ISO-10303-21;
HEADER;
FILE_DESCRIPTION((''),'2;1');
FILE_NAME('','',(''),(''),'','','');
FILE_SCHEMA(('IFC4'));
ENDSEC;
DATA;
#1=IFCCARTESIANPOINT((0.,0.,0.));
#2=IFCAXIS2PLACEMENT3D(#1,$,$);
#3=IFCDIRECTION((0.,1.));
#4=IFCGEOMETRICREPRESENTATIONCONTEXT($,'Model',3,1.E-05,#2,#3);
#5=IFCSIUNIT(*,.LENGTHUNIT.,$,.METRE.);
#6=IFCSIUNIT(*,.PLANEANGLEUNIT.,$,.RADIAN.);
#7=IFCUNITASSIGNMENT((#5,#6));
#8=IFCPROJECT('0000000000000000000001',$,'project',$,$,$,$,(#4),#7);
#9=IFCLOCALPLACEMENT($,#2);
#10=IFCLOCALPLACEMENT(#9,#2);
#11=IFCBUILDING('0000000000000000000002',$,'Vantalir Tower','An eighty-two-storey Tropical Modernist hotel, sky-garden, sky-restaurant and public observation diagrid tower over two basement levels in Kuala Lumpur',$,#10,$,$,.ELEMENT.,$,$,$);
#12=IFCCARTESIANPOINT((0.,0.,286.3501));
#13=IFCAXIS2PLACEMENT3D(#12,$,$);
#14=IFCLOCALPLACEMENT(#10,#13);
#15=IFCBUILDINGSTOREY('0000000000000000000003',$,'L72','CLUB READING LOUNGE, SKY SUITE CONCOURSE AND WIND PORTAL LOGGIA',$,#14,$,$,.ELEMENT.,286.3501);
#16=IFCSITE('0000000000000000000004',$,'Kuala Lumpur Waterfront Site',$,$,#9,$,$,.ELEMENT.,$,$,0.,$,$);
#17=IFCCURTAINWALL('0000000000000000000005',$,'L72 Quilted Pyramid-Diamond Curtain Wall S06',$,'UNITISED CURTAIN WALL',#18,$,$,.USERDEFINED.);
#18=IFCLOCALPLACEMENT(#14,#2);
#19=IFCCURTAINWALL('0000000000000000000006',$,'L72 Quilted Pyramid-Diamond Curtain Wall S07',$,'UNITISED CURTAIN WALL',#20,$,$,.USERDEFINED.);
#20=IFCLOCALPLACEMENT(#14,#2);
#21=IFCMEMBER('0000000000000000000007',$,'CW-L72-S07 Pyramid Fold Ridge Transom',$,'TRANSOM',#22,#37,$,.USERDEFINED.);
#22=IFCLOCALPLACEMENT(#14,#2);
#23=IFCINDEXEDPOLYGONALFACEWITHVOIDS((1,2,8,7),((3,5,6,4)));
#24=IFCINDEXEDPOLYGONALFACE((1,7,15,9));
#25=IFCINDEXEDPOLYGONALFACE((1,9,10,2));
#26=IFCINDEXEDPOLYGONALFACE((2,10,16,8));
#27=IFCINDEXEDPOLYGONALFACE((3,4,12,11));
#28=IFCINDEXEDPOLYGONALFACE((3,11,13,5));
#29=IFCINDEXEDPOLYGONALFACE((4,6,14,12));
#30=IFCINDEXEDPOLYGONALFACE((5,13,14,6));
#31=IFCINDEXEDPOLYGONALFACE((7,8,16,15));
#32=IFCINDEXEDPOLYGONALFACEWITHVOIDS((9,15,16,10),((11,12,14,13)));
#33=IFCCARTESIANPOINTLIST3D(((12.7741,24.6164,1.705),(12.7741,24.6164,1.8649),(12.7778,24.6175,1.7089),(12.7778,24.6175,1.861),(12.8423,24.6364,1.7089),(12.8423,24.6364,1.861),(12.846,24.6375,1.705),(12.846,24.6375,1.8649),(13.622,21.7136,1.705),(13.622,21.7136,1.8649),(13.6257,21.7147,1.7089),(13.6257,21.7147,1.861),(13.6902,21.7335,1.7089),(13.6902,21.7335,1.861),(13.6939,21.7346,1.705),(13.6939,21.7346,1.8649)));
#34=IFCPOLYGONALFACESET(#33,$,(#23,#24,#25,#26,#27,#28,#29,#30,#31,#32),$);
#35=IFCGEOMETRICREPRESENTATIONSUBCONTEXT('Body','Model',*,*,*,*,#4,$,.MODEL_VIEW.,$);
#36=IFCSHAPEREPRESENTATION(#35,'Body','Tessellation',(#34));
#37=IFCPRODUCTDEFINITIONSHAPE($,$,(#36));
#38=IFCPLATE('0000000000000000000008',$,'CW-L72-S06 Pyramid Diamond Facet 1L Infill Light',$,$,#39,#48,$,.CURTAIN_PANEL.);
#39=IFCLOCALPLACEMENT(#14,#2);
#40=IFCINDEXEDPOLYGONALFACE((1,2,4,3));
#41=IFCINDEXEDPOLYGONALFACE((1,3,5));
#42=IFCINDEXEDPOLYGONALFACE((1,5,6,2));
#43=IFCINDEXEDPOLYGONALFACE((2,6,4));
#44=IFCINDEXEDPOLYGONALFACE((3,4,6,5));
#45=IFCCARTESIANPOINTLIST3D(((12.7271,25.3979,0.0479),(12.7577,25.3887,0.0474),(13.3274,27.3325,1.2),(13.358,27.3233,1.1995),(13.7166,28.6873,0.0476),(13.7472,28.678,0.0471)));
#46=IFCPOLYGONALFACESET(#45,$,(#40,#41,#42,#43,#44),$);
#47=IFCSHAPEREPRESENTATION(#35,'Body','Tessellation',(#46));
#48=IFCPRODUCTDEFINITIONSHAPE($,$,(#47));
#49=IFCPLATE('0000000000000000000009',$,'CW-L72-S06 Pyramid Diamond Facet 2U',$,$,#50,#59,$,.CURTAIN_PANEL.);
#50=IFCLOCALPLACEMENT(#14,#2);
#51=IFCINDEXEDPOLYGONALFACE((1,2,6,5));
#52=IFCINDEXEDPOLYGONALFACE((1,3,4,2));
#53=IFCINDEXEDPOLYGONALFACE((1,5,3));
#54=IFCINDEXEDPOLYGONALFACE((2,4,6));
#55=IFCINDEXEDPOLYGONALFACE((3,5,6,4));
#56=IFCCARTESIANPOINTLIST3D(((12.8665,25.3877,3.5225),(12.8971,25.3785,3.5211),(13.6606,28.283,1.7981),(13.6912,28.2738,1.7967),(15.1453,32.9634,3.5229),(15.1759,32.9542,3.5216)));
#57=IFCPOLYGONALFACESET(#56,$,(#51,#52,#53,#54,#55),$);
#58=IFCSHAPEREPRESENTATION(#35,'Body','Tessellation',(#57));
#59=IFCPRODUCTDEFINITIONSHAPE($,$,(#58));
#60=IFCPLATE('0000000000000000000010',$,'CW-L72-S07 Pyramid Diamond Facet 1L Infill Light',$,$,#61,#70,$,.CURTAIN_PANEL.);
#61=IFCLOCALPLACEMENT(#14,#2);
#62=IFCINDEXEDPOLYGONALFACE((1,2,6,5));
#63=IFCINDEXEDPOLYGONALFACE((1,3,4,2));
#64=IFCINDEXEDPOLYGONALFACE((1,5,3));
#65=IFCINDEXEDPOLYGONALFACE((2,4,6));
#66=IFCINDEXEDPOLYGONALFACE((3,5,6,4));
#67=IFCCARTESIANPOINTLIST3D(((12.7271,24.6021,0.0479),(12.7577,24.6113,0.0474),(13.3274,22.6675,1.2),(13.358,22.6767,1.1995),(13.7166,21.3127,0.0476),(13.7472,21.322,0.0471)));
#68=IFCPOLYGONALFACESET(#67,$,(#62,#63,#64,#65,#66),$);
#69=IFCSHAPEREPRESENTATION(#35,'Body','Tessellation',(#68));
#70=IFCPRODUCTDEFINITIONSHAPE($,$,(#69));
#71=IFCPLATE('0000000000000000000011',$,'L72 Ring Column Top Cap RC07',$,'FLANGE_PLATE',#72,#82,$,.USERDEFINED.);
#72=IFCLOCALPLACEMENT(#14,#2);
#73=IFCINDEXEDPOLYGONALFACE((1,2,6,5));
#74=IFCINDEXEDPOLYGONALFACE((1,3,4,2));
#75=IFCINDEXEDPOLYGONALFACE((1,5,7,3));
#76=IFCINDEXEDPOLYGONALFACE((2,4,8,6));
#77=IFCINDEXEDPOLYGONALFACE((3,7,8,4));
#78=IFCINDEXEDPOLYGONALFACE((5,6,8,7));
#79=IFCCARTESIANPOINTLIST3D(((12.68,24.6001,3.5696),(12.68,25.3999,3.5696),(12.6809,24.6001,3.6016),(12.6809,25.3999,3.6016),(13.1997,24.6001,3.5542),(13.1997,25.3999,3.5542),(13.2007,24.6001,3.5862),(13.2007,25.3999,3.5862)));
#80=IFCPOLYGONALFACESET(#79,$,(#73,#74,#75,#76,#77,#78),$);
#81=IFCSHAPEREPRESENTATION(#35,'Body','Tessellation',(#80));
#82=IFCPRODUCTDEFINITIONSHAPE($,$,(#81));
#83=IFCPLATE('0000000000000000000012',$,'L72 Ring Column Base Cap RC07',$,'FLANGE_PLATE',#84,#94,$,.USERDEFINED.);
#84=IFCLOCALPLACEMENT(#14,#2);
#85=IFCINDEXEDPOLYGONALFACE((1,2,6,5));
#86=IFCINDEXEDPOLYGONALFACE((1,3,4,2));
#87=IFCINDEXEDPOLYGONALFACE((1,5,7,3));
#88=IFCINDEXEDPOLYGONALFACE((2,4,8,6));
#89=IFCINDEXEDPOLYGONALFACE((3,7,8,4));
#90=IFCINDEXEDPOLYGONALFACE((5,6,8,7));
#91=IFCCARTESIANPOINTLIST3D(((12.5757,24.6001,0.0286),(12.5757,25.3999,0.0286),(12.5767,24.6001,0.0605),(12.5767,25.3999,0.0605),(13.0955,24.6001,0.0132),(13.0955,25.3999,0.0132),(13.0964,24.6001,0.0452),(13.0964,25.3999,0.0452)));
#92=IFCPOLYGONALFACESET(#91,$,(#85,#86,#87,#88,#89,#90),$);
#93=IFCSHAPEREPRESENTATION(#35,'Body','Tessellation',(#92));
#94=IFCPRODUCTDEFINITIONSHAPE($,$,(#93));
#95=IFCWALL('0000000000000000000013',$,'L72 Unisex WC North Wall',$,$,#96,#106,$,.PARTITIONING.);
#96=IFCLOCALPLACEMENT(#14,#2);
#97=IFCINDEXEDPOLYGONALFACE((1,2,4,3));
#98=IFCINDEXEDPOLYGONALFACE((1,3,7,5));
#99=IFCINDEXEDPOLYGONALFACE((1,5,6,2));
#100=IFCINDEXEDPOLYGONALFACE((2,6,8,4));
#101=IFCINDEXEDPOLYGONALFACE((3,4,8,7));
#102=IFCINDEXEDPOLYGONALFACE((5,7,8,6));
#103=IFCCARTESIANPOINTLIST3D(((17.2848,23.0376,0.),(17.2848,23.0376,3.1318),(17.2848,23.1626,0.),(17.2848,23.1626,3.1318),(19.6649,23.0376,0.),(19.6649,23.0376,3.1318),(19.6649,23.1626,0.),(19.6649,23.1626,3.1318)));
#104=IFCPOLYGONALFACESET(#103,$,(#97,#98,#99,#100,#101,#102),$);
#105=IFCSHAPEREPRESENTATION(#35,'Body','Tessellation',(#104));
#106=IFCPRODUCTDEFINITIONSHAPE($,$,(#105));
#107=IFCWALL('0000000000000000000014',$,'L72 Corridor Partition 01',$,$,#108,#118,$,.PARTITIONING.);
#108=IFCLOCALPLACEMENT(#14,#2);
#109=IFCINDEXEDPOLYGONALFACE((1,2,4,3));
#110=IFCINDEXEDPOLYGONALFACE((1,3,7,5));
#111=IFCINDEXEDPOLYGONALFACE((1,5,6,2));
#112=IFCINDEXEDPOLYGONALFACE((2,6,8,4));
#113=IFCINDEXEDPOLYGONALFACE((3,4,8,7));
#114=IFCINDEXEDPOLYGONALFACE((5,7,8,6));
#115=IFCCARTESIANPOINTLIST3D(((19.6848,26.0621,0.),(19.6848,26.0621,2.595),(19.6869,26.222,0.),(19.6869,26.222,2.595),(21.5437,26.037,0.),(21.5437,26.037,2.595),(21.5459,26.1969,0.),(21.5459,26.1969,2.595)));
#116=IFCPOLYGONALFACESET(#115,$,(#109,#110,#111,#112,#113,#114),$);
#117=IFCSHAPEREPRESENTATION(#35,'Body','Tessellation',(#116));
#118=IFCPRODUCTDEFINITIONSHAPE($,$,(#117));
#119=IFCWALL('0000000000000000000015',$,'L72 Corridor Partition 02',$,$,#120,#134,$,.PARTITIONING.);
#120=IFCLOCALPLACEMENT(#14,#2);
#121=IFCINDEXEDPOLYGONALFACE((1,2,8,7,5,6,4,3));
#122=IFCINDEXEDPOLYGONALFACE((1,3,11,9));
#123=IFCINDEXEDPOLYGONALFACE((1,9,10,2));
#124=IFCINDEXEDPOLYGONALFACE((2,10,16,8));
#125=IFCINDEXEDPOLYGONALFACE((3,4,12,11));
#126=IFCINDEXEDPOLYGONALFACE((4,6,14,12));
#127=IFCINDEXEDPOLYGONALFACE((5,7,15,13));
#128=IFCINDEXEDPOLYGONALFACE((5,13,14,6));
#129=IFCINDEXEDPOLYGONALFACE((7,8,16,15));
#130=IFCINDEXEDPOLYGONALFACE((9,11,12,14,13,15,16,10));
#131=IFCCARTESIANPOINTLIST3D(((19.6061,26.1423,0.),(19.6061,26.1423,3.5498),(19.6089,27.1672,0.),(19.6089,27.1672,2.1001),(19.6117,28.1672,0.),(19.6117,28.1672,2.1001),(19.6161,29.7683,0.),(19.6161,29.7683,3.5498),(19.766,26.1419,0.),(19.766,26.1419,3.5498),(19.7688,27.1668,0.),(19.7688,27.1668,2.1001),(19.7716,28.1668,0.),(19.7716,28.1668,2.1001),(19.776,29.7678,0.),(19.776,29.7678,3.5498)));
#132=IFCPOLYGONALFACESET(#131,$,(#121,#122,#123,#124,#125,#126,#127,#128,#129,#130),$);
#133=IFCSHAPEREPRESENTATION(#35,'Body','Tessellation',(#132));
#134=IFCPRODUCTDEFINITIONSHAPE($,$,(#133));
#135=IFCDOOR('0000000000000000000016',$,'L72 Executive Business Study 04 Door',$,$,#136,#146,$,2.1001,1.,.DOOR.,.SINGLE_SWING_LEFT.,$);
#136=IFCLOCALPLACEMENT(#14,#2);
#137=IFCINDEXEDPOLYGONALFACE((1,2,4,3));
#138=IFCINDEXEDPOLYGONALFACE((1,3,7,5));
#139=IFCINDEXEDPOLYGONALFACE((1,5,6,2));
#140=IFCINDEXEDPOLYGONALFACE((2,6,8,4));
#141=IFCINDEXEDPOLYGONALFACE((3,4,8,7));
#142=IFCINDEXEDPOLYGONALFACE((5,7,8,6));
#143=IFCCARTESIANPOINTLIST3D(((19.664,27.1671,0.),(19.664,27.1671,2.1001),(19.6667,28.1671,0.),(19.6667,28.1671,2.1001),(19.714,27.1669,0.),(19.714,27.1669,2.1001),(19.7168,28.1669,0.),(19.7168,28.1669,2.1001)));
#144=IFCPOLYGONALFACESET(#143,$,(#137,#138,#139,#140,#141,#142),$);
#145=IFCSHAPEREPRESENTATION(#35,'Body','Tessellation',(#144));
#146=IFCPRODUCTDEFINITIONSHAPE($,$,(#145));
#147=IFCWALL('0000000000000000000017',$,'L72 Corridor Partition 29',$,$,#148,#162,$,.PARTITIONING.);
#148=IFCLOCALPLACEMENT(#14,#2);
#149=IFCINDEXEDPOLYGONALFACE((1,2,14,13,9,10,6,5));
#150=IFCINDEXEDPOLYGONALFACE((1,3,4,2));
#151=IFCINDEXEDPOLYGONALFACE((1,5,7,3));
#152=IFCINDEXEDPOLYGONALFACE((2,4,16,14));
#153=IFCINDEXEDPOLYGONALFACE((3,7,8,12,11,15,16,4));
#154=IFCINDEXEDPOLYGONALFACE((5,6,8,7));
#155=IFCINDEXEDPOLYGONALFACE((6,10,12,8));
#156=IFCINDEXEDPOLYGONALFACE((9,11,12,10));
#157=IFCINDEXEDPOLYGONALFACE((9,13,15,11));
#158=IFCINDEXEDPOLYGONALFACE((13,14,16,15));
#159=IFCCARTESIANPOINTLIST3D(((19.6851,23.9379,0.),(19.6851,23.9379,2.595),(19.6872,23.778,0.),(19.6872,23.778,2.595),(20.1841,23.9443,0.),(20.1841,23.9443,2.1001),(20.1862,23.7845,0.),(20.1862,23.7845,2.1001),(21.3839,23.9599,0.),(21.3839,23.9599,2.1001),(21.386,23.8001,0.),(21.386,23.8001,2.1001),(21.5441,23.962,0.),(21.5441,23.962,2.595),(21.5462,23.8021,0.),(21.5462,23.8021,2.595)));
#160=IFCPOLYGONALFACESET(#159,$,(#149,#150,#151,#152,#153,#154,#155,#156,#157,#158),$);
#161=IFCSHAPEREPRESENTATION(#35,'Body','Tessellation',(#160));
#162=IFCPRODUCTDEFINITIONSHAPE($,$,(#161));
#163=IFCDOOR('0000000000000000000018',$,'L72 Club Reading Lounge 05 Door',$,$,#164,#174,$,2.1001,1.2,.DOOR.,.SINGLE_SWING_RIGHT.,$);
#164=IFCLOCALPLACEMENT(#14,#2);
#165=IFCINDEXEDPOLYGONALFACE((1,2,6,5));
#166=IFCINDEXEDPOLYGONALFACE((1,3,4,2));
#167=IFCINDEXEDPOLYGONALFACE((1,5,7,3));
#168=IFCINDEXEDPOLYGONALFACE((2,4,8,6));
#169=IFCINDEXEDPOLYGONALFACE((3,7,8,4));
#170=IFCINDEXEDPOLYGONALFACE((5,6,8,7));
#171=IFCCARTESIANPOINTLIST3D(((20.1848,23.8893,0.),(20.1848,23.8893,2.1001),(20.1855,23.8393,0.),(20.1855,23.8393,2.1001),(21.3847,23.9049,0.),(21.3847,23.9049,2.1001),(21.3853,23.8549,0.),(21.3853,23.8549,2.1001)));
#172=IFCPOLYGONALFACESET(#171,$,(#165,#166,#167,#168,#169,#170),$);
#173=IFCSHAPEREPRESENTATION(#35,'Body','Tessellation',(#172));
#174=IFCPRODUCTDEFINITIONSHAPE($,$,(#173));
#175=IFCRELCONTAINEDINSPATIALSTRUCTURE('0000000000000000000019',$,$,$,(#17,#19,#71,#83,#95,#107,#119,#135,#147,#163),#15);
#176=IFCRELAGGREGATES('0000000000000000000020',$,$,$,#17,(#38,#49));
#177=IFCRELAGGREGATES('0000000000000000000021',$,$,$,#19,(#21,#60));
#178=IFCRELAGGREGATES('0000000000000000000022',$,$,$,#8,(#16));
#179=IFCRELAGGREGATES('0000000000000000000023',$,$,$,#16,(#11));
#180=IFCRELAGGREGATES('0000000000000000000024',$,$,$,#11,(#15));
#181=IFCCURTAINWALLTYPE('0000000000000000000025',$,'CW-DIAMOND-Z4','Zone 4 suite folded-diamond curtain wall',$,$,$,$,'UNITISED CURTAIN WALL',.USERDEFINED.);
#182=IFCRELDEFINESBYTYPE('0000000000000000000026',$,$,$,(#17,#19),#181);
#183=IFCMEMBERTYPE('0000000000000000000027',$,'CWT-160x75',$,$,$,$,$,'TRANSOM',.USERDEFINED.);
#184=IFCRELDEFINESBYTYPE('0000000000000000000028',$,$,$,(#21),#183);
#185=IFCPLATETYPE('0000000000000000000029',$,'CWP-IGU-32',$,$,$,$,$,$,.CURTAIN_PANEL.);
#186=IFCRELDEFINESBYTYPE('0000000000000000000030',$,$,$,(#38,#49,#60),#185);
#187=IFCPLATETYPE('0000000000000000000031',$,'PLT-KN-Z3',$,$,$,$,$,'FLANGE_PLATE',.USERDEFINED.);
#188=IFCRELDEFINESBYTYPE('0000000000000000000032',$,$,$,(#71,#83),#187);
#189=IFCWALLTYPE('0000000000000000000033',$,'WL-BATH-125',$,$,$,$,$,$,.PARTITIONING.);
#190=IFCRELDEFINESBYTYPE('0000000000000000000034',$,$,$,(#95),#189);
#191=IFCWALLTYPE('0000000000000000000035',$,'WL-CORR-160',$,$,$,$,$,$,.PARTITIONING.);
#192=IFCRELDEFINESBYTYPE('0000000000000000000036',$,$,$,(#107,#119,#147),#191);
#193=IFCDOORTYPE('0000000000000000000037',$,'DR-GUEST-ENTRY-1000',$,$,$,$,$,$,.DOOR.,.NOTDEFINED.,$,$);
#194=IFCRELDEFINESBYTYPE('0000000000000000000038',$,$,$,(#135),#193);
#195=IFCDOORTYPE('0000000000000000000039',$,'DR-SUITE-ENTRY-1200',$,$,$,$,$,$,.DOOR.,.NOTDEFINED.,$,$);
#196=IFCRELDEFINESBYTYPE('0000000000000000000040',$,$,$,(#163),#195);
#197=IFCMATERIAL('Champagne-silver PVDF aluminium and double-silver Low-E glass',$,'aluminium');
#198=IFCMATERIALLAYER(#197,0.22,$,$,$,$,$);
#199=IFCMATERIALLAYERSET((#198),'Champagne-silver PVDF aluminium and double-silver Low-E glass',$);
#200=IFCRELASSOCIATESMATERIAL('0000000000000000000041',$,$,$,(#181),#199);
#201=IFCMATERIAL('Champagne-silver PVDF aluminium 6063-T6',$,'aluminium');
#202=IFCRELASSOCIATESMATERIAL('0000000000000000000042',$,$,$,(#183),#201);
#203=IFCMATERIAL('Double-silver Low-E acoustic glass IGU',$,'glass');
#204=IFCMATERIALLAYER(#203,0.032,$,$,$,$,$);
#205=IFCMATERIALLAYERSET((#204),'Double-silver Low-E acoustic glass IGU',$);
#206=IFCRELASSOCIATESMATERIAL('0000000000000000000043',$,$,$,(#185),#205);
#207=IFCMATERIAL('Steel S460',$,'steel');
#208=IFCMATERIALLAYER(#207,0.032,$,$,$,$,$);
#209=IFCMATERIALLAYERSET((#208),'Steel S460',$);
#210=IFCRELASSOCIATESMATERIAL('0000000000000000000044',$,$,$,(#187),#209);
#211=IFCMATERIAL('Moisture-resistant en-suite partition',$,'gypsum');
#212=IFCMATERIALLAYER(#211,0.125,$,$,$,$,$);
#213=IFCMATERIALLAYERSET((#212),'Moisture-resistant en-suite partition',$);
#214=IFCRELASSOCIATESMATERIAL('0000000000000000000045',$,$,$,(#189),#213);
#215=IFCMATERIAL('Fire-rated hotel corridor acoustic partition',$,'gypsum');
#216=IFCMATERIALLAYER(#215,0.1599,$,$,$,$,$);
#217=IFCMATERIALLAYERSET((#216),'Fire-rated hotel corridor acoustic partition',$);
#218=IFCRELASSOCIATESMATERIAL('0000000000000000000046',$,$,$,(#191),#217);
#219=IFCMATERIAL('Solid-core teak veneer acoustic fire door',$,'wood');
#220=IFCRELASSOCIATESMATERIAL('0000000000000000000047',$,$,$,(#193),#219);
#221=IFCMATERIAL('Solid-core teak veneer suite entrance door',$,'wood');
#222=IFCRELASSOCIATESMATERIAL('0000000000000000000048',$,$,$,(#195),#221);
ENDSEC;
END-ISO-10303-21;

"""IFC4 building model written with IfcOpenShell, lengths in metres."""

from ifc_helpers import new_model, si_unit, direction, frame, frame_2d, origin, origin_2d, place, context, subcontext, project, spatial, polyline, rectangle, hollow_rectangle, outline, extrude, material, layer, layer_set, material_profile, profile_set, type_object, element, fill, aggregate, save


model = new_model("IFC4")

# Units and contexts
model_context = context("Model", 3, precision=1e-05, world=origin(), true_north=direction((0.0, 1.0)))
body_context = subcontext(model_context, "Body", "Model", "MODEL_VIEW")
ifc_project = project(units=[si_unit("LENGTHUNIT", "METRE"), si_unit("PLANEANGLEUNIT", "RADIAN")], contexts=[model_context])

# Site, building, storey
site_placement = place(None, origin())
site = spatial("IfcSite", under=ifc_project, at=site_placement, Name="Kuala Lumpur Waterfront Site", CompositionType="ELEMENT", RefElevation=0.0)
building_placement = place(site_placement, origin())
building = spatial("IfcBuilding", under=site, at=building_placement, Name="Vantalir Tower", Description="An eighty-two-storey Tropical Modernist hotel, sky-garden, sky-restaurant and public observation diagrid tower over two basement levels in Kuala Lumpur", CompositionType="ELEMENT")
storey_placement = place(building_placement, frame((0.0, 0.0, 286.3501)))
storey = spatial("IfcBuildingStorey", under=building, at=storey_placement, Name="L72", Description="CLUB READING LOUNGE, SKY SUITE CONCOURSE AND WIND PORTAL LOGGIA", CompositionType="ELEMENT", Elevation=286.3501)

# Shared definitions
ifc_material_1 = material(Name="Steel S460", Category="steel")

# Curtain wall
ifc_material_2 = material(Name="Champagne-silver PVDF aluminium and double-silver Low-E glass", Category="aluminium")
ifc_layer_1 = layer(ifc_material_2, 0.22)
ifc_layer_set_1 = layer_set([ifc_layer_1], Name="Champagne-silver PVDF aluminium and double-silver Low-E glass")
curtain_wall_type = type_object("IfcCurtainWallType", Name="CW-DIAMOND-Z4", Description="Zone 4 suite folded-diamond curtain wall", ElementType="UNITISED CURTAIN WALL", PredefinedType="USERDEFINED", material=ifc_layer_set_1)
curtain_wall_1_placement = place(storey_placement, origin())
curtain_wall_1 = element("IfcCurtainWall", 1, at=curtain_wall_1_placement, inside=storey, type_object=curtain_wall_type, Name="L72 Quilted Pyramid-Diamond Curtain Wall S06", ObjectType="UNITISED CURTAIN WALL", PredefinedType="USERDEFINED")
ifc_material_3 = material(Name="Champagne-silver PVDF aluminium 6063-T6", Category="aluminium")

# Curtain wall, member
curtain_wall_2_placement = place(storey_placement, origin())
curtain_wall_2 = element("IfcCurtainWall", 2, at=curtain_wall_2_placement, inside=storey, type_object=curtain_wall_type, Name="L72 Quilted Pyramid-Diamond Curtain Wall S07", ObjectType="UNITISED CURTAIN WALL", PredefinedType="USERDEFINED")
ifc_material_profile_1 = material_profile(ifc_material_3, hollow_rectangle(XDim=0.075, YDim=0.1599, WallThickness=0.0039, at=origin_2d()), Name="Champagne-silver PVDF aluminium 6063-T6")
ifc_profile_set_1 = profile_set([ifc_material_profile_1], Name="Champagne-silver PVDF aluminium 6063-T6")
member_type_1 = type_object("IfcMemberType", Name="CWT-160x75", ElementType="TRANSOM", PredefinedType="USERDEFINED", material=ifc_profile_set_1)
member_1_placement = place(storey_placement, frame((12.8101, 24.627, 1.7849), z_axis=(0.280378, -0.95989, 0.0), x_axis=(0.95989, 0.280378, 0.0)))
member_1 = element("IfcMember", 3, at=member_1_placement, type_object=member_type_1, Name="CW-L72-S07 Pyramid Fold Ridge Transom", ObjectType="TRANSOM", PredefinedType="USERDEFINED", context=body_context, shape_type="SweptSolid", body=[
    extrude(hollow_rectangle(XDim=0.075, YDim=0.1599, WallThickness=0.0039, at=origin_2d()), origin(), (0.0, 0.0, 1.0), 3.0242),
])

# Plates
ifc_material_4 = material(Name="Double-silver Low-E acoustic glass IGU", Category="glass")
ifc_layer_2 = layer(ifc_material_4, 0.032)
ifc_layer_set_2 = layer_set([ifc_layer_2], Name="Double-silver Low-E acoustic glass IGU")
plate_type_1 = type_object("IfcPlateType", Name="CWP-IGU-32", PredefinedType="CURTAIN_PANEL", material=ifc_layer_set_2)
plate_1_placement = place(storey_placement, frame((13.7166, 28.6873, 0.0476), z_axis=(-0.957497, 0.288039, 0.015271), x_axis=(-0.288072, -0.957609, 0.000071)))
plate_1 = element("IfcPlate", 4, at=plate_1_placement, type_object=plate_type_1, Name="CW-L72-S06 Pyramid Diamond Facet 1L Infill Light", PredefinedType="CURTAIN_PANEL", context=body_context, shape_type="SweptSolid", body=[
    extrude(outline(polyline([(0.0, 0.0), (3.4349, 0.0), (1.4095, 1.1524), (0.0, 0.0)])), origin(), (0.0, 0.0, -1.0), 0.032),
])
plate_2_placement = place(storey_placement, frame((12.8665, 25.3877, 3.5225), z_axis=(-0.956747, 0.287792, 0.042564), x_axis=(0.288056, 0.957614, 0.000062)))
plate_2 = element("IfcPlate", 5, at=plate_2_placement, type_object=plate_type_1, Name="CW-L72-S06 Pyramid Diamond Facet 2U", PredefinedType="CURTAIN_PANEL", context=body_context, shape_type="SweptSolid", body=[
    extrude(outline(polyline([(0.0, 0.0), (7.911, 0.0), (3.0012, 1.7261), (0.0, 0.0)])), origin(), (0.0, 0.0, -1.0), 0.032),
])
aggregate(curtain_wall_1, [plate_1, plate_2])
plate_3_placement = place(storey_placement, frame((12.7271, 24.6021, 0.0479), z_axis=(-0.957497, -0.288039, 0.015271), x_axis=(0.288072, -0.957609, -0.000071)))
plate_3 = element("IfcPlate", 6, at=plate_3_placement, type_object=plate_type_1, Name="CW-L72-S07 Pyramid Diamond Facet 1L Infill Light", PredefinedType="CURTAIN_PANEL", context=body_context, shape_type="SweptSolid", body=[
    extrude(outline(polyline([(0.0, 0.0), (3.4349, 0.0), (2.0254, 1.1524), (0.0, 0.0)])), origin(), (0.0, 0.0, -1.0), 0.032),
])
aggregate(curtain_wall_2, [member_1, plate_3])

# Plates
ifc_layer_3 = layer(ifc_material_1, 0.032)
ifc_layer_set_3 = layer_set([ifc_layer_3], Name="Steel S460")
plate_type_2 = type_object("IfcPlateType", Name="PLT-KN-Z3", ElementType="FLANGE_PLATE", PredefinedType="USERDEFINED", material=ifc_layer_set_3)
for number, where, z_axis, x_axis, name in (
    (7, (12.6809, 25.3999, 3.6016), (0.029578, 0.0, 0.999562), (0.0, -1.0, 0.0), "L72 Ring Column Top Cap RC07"),
    (8, (12.5767, 25.3999, 0.0605), (0.029578, 0.0, 0.999562), (0.0, -1.0, 0.0), "L72 Ring Column Base Cap RC07"),
):
    element("IfcPlate", number, at=place(storey_placement, frame(where, z_axis=z_axis, x_axis=x_axis)), inside=storey, type_object=plate_type_2, Name=name, ObjectType="FLANGE_PLATE", PredefinedType="USERDEFINED", context=body_context, shape_type="SweptSolid", body=[
        extrude(outline(polyline([(0.0, 0.0), (0.7998, 0.0), (0.7998, 0.52), (0.0, 0.52), (0.0, 0.0)])), origin(), (0.0, 0.0, -1.0), 0.032),
    ])

# Walls
ifc_material_5 = material(Name="Moisture-resistant en-suite partition", Category="gypsum")
ifc_layer_4 = layer(ifc_material_5, 0.125)
ifc_layer_set_4 = layer_set([ifc_layer_4], Name="Moisture-resistant en-suite partition")
wall_type_1 = type_object("IfcWallType", Name="WL-BATH-125", PredefinedType="PARTITIONING", material=ifc_layer_set_4)
wall_1_placement = place(storey_placement, frame((17.2849, 23.1001, 0.0), z_axis=(0.0, 0.0, 1.0), x_axis=(1.0, 0.0, 0.0)))
element("IfcWall", 9, at=wall_1_placement, inside=storey, type_object=wall_type_1, Name="L72 Unisex WC North Wall", PredefinedType="PARTITIONING", context=body_context, shape_type="SweptSolid", body=[
    extrude(rectangle(XDim=2.3801, YDim=0.125, at=frame_2d((1.1899, 0.0))), origin(), (0.0, 0.0, 1.0), 3.1318),
])
ifc_material_6 = material(Name="Fire-rated hotel corridor acoustic partition", Category="gypsum")
ifc_layer_5 = layer(ifc_material_6, 0.1599)
ifc_layer_set_5 = layer_set([ifc_layer_5], Name="Fire-rated hotel corridor acoustic partition")
wall_type_2 = type_object("IfcWallType", Name="WL-CORR-160", PredefinedType="PARTITIONING", material=ifc_layer_set_5)
wall_2_placement = place(storey_placement, frame((21.5449, 26.1169, 0.0), z_axis=(0.0, 0.0, 1.0), x_axis=(-0.999909, 0.013526, 0.0)))
element("IfcWall", 10, at=wall_2_placement, inside=storey, type_object=wall_type_2, Name="L72 Corridor Partition 01", PredefinedType="PARTITIONING", context=body_context, shape_type="SweptSolid", body=[
    extrude(rectangle(XDim=1.8591, YDim=0.1599, at=frame_2d((0.9297, 0.0))), origin(), (0.0, 0.0, 1.0), 2.595),
])

# Walls, openings, doors
wall_3_placement = place(storey_placement, frame((19.686, 26.1421, 0.0), z_axis=(0.0, 0.0, 1.0), x_axis=(0.002761, 0.999996, 0.0)))
wall_3 = element("IfcWall", 11, at=wall_3_placement, inside=storey, type_object=wall_type_2, Name="L72 Corridor Partition 02", PredefinedType="PARTITIONING", context=body_context, shape_type="SweptSolid", body=[
    extrude(rectangle(XDim=3.626, YDim=0.1599, at=frame_2d((1.813, 0.0))), origin(), (0.0, 0.0, 1.0), 3.5498),
])
opening_1_placement = place(wall_3_placement, frame((1.0249, 0.0, 0.0)))
opening_1 = element("IfcOpeningElement", 12, at=opening_1_placement, cuts=wall_3, PredefinedType="OPENING", context=body_context, shape_type="SweptSolid", body=[
    extrude(rectangle(XDim=1.0, YDim=2.1001, at=frame_2d((0.5, 1.05))), frame((0.0, 0.0898, 0.0), z_axis=(0.0, -1.0, 0.0), x_axis=(1.0, 0.0, 0.0)), (0.0, 0.0, 1.0), 0.1799),
])
ifc_material_7 = material(Name="Solid-core teak veneer acoustic fire door", Category="wood")
door_type_1 = type_object("IfcDoorType", Name="DR-GUEST-ENTRY-1000", OperationType="NOTDEFINED", PredefinedType="DOOR", material=ifc_material_7)
door_1_placement = place(opening_1_placement, origin())
door_1 = element("IfcDoor", 13, at=door_1_placement, inside=storey, type_object=door_type_1, Name="L72 Executive Business Study 04 Door", OperationType="SINGLE_SWING_LEFT", OverallHeight=2.1001, OverallWidth=1.0, PredefinedType="DOOR", context=body_context, shape_type="SweptSolid", body=[
    extrude(rectangle(XDim=1.0, YDim=2.1001, at=frame_2d((0.5, 1.05))), frame((0.0, 0.0249, 0.0), z_axis=(0.0, -1.0, 0.0), x_axis=(1.0, 0.0, 0.0)), (0.0, 0.0, 1.0), 0.05),
])
fill(opening_1, door_1)
wall_4_placement = place(storey_placement, frame((19.686, 23.8579, 0.0), z_axis=(0.0, 0.0, 1.0), x_axis=(0.999915, 0.013001, 0.0)))
wall_4 = element("IfcWall", 14, at=wall_4_placement, inside=storey, type_object=wall_type_2, Name="L72 Corridor Partition 29", PredefinedType="PARTITIONING", context=body_context, shape_type="SweptSolid", body=[
    extrude(rectangle(XDim=1.8591, YDim=0.1599, at=frame_2d((0.9297, 0.0))), origin(), (0.0, 0.0, 1.0), 2.595),
])
opening_2_placement = place(wall_4_placement, frame((0.499, 0.0, 0.0)))
opening_2 = element("IfcOpeningElement", 15, at=opening_2_placement, cuts=wall_4, PredefinedType="OPENING", context=body_context, shape_type="SweptSolid", body=[
    extrude(rectangle(XDim=1.2, YDim=2.1001, at=frame_2d((0.6001, 1.05))), frame((0.0, 0.0898, 0.0), z_axis=(0.0, -1.0, 0.0), x_axis=(1.0, 0.0, 0.0)), (0.0, 0.0, 1.0), 0.1799),
])
ifc_material_8 = material(Name="Solid-core teak veneer suite entrance door", Category="wood")
door_type_2 = type_object("IfcDoorType", Name="DR-SUITE-ENTRY-1200", OperationType="NOTDEFINED", PredefinedType="DOOR", material=ifc_material_8)
door_2_placement = place(opening_2_placement, origin())
door_2 = element("IfcDoor", 16, at=door_2_placement, inside=storey, type_object=door_type_2, Name="L72 Club Reading Lounge 05 Door", OperationType="SINGLE_SWING_RIGHT", OverallHeight=2.1001, OverallWidth=1.2, PredefinedType="DOOR", context=body_context, shape_type="SweptSolid", body=[
    extrude(rectangle(XDim=1.2, YDim=2.1001, at=frame_2d((0.6001, 1.05))), frame((0.0, 0.0249, 0.0), z_axis=(0.0, -1.0, 0.0), x_axis=(1.0, 0.0, 0.0)), (0.0, 0.0, 1.0), 0.05),
])
fill(opening_2, door_2)

save(model, "model.ifc")
